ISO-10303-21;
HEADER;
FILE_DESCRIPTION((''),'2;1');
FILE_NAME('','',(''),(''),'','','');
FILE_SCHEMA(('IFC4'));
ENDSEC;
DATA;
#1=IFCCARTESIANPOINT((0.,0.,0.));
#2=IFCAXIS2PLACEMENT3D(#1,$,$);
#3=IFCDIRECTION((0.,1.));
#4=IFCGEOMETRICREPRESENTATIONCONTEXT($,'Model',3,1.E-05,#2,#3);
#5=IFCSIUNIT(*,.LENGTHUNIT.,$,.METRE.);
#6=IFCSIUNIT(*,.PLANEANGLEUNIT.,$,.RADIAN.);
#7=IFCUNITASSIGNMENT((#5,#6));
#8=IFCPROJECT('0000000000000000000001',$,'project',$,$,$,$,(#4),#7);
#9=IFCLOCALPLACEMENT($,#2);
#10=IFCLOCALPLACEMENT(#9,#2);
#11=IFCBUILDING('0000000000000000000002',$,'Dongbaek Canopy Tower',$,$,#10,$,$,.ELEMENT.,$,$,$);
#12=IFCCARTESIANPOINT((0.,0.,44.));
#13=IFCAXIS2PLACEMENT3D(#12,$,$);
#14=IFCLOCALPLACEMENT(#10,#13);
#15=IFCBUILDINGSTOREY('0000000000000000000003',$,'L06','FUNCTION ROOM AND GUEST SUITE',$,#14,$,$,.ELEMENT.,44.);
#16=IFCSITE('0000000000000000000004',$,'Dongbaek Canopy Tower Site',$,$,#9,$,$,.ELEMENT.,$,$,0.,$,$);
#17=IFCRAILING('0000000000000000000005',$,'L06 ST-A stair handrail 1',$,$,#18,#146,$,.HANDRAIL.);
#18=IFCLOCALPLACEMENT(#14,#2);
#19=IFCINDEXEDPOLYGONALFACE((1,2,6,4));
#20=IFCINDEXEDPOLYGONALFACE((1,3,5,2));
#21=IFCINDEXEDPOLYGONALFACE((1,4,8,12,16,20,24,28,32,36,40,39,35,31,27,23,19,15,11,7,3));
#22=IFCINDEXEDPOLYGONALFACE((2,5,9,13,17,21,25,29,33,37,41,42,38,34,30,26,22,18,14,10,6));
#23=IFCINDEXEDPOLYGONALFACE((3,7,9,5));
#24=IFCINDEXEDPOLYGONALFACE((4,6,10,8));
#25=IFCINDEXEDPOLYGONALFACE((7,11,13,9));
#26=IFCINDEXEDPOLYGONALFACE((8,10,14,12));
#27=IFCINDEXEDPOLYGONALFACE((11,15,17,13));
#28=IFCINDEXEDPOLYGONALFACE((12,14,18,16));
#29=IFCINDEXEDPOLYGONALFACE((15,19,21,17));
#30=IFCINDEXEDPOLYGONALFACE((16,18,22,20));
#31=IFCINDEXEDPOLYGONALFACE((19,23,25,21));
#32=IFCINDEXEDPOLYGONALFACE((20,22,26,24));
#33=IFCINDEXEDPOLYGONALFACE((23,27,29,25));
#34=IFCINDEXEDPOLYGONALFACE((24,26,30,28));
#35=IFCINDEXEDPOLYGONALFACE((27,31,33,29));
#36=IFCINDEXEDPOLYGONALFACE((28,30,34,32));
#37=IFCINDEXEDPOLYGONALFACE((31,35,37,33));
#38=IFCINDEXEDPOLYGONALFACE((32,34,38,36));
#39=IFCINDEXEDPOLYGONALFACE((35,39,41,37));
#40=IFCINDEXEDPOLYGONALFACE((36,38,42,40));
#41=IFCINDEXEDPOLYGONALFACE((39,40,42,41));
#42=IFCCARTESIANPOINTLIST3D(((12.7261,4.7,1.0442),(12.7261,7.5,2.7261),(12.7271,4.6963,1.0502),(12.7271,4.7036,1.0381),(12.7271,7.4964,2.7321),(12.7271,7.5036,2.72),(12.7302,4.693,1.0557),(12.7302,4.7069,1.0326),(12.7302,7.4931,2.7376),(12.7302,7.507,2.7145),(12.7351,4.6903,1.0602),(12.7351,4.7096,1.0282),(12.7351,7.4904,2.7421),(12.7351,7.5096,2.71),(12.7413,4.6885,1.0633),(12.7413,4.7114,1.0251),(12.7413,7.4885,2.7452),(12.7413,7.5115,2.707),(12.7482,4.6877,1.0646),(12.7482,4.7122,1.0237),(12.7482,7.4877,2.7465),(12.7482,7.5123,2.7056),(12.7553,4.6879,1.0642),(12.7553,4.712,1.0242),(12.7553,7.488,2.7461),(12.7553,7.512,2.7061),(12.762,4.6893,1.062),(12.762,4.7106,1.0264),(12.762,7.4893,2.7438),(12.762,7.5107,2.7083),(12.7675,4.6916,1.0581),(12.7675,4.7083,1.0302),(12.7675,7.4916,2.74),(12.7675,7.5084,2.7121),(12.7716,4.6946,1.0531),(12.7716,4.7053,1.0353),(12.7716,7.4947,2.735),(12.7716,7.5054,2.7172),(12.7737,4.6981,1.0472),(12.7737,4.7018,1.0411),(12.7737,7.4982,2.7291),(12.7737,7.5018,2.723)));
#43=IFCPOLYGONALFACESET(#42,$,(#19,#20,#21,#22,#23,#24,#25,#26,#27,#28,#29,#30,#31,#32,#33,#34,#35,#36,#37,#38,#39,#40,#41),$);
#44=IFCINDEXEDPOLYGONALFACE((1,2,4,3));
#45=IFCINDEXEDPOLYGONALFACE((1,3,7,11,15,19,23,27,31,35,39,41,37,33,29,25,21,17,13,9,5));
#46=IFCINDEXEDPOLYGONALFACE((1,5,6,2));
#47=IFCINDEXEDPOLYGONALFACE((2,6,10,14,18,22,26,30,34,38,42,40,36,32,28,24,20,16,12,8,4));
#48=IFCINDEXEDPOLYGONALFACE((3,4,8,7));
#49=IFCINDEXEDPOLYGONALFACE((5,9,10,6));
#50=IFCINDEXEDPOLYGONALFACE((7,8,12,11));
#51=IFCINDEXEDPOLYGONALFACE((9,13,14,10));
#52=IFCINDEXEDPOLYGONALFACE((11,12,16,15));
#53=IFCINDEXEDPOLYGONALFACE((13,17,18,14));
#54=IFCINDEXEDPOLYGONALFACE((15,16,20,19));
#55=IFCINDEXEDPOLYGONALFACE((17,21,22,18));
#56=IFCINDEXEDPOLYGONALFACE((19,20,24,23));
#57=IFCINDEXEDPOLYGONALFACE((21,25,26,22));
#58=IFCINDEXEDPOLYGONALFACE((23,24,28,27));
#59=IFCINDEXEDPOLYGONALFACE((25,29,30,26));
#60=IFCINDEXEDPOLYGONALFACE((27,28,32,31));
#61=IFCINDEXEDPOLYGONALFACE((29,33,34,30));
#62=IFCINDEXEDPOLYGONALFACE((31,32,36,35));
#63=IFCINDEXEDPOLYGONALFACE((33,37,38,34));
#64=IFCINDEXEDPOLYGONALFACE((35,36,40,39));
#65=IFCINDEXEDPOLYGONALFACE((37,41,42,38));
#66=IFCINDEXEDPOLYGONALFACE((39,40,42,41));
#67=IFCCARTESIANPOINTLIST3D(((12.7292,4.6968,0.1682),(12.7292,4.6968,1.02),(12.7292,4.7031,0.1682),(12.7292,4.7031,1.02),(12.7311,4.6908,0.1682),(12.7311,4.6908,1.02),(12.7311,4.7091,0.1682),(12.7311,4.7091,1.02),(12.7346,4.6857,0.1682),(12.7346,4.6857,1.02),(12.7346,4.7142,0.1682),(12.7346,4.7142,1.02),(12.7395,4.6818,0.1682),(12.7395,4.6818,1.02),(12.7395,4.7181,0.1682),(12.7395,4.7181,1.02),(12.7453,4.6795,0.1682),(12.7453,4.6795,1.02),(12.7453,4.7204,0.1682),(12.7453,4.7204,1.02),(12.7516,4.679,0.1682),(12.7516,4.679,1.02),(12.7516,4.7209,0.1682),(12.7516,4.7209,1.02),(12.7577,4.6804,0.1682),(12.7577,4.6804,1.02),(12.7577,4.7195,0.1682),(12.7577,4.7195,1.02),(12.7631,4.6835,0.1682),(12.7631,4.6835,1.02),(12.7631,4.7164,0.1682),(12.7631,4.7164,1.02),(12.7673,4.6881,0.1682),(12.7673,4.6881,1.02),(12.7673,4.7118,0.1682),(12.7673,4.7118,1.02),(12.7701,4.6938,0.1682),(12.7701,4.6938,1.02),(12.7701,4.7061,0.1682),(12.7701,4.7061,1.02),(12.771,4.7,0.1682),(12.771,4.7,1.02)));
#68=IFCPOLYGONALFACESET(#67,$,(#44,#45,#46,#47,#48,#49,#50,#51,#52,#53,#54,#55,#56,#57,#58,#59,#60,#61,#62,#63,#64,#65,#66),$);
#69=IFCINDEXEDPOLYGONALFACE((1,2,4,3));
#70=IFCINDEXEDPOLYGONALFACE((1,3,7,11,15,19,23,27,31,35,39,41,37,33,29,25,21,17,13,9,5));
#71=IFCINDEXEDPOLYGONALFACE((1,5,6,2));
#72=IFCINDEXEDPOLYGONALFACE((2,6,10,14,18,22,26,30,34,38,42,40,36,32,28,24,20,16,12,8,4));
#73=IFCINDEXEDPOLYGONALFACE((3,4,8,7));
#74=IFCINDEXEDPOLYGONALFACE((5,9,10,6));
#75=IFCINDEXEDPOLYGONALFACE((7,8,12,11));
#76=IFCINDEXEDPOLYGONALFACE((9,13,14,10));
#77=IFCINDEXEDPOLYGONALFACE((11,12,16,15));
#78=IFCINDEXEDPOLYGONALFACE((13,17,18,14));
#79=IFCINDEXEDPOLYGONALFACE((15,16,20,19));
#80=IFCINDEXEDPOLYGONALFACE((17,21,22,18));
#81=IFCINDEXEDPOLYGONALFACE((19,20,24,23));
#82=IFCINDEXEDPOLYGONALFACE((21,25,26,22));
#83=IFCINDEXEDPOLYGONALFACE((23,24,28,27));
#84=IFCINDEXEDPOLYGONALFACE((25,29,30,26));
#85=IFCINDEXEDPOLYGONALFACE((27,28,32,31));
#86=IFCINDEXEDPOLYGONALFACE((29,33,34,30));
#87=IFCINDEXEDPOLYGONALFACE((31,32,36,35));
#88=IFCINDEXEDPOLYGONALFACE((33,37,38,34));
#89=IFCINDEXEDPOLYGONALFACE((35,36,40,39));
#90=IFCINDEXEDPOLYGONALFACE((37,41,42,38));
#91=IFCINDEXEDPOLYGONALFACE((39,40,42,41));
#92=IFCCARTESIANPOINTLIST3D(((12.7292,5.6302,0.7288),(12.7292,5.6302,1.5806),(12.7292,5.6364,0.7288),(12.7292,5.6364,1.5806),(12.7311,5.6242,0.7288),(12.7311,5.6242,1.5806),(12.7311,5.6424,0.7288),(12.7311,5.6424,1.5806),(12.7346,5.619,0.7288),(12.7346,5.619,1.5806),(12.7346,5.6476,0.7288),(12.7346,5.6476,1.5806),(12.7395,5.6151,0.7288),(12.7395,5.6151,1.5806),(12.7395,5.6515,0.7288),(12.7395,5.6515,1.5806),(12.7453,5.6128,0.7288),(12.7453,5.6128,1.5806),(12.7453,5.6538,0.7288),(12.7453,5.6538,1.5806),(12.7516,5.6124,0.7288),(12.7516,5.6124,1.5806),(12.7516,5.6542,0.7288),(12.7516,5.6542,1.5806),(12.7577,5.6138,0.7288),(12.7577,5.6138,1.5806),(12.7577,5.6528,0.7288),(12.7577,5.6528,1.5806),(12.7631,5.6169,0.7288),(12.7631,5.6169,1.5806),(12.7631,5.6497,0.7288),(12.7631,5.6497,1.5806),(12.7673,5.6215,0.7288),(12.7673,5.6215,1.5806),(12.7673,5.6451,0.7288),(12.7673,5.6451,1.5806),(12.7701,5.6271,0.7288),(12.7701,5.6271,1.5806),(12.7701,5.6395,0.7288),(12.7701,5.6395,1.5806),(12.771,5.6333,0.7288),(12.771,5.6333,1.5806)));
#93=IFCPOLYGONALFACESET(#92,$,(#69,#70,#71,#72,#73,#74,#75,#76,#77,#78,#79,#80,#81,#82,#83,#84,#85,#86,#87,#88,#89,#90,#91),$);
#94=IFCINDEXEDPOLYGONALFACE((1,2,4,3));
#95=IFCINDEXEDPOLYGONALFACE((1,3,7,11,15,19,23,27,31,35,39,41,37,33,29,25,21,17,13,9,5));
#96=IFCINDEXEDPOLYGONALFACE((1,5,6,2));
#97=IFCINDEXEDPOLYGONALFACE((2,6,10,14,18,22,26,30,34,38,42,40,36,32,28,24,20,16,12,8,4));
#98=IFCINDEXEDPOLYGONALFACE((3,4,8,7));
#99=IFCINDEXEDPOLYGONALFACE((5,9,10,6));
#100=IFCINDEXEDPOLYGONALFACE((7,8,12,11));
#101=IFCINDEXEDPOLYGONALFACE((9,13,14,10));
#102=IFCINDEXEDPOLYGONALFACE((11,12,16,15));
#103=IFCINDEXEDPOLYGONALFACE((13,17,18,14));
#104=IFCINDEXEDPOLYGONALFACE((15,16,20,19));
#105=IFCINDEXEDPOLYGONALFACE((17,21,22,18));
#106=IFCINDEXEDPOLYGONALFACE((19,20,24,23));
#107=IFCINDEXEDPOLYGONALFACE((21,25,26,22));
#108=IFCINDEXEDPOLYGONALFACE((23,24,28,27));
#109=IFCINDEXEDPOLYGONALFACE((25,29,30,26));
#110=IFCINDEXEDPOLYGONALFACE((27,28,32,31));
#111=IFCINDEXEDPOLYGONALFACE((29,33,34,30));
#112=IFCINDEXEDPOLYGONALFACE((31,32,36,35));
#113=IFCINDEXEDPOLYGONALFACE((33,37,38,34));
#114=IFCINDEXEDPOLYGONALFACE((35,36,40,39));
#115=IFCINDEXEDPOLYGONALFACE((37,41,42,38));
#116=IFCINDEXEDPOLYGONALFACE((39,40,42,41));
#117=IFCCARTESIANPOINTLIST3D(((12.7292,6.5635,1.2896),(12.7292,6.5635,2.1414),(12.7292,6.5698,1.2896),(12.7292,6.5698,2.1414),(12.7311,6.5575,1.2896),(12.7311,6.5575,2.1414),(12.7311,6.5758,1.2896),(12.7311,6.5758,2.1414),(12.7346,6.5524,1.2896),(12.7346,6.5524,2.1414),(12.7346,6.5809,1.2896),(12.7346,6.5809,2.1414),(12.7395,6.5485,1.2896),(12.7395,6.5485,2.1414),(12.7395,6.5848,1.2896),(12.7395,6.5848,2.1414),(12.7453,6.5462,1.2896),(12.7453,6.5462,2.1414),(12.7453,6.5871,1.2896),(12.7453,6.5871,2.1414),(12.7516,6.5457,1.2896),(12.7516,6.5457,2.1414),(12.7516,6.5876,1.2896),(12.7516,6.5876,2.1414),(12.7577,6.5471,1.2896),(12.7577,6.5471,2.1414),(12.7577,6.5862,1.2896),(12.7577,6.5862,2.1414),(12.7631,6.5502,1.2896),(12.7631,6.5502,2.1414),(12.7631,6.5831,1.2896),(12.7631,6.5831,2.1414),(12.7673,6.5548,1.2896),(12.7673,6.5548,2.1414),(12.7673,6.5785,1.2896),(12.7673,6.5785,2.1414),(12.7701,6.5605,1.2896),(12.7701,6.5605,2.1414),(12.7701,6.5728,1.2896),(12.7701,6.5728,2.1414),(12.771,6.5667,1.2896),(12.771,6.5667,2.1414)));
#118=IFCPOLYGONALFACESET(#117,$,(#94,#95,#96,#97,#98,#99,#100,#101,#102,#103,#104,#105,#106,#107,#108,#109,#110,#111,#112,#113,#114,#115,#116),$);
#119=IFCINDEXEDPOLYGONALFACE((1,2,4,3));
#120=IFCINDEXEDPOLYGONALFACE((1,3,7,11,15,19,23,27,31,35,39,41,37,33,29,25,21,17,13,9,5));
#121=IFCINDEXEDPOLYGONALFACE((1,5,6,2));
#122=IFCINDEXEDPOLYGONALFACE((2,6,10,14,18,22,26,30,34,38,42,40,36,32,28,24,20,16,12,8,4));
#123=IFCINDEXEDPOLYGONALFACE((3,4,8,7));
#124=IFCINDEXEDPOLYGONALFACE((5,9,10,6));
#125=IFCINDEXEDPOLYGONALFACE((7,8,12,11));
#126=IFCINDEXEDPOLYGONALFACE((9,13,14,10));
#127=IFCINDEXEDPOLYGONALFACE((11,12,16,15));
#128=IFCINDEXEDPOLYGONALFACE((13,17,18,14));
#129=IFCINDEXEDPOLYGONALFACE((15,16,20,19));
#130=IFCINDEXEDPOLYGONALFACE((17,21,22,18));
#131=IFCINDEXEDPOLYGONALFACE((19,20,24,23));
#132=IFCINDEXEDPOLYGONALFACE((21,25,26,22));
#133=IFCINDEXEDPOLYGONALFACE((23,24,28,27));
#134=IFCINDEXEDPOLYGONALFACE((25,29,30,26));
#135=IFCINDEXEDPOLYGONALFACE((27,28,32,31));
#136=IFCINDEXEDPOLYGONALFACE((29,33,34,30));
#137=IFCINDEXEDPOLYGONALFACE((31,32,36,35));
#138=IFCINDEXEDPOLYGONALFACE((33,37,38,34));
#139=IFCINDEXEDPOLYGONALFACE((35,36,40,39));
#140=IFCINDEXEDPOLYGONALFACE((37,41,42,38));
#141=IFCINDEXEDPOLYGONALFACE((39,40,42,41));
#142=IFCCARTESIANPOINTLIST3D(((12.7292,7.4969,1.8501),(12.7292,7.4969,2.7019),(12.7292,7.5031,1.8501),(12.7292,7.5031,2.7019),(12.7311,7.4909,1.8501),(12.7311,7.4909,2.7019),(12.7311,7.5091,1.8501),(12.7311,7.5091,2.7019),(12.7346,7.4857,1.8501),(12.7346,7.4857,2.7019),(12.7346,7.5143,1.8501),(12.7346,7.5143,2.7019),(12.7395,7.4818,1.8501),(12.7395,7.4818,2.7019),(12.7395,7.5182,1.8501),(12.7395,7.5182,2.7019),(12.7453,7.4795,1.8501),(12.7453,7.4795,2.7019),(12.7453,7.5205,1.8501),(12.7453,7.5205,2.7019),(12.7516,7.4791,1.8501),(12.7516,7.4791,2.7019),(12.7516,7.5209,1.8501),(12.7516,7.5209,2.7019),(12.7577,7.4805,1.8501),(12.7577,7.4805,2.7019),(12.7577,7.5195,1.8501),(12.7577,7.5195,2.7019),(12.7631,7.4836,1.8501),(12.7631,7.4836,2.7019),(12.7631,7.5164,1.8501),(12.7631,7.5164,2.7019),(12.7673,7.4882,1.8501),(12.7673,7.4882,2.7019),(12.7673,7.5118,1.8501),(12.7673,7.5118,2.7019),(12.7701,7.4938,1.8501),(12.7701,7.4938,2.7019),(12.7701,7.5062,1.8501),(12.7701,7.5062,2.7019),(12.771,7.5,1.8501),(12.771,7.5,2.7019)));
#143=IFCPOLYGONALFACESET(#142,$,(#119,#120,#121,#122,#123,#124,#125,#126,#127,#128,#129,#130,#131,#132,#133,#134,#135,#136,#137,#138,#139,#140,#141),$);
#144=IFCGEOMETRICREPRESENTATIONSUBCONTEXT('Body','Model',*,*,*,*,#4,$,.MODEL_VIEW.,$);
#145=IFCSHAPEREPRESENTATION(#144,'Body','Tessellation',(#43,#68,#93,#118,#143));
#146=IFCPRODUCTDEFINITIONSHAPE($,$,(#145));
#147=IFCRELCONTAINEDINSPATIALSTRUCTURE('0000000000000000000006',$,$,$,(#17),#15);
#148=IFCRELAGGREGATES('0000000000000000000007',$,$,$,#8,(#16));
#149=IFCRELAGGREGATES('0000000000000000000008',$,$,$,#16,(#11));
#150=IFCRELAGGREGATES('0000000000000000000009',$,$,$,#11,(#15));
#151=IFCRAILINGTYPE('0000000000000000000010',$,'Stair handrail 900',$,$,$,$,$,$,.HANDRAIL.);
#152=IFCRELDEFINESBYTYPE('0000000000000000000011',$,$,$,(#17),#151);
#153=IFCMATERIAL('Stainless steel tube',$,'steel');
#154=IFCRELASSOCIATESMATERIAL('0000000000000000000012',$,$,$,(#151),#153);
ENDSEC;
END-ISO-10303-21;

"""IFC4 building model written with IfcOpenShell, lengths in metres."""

from ifc_helpers import new_model, si_unit, direction, frame, origin, origin_2d, place, context, subcontext, project, spatial, circle, extrude, material, type_object, element, save


model = new_model("IFC4")

# Units and contexts
model_context = context("Model", 3, precision=1e-05, world=origin(), true_north=direction((0.0, 1.0)))
body_context = subcontext(model_context, "Body", "Model", "MODEL_VIEW")
ifc_project = project(units=[si_unit("LENGTHUNIT", "METRE"), si_unit("PLANEANGLEUNIT", "RADIAN")], contexts=[model_context])

# Site, building, storey
site_placement = place(None, origin())
site = spatial("IfcSite", under=ifc_project, at=site_placement, Name="Dongbaek Canopy Tower Site", CompositionType="ELEMENT", RefElevation=0.0)
building_placement = place(site_placement, origin())
building = spatial("IfcBuilding", under=site, at=building_placement, Name="Dongbaek Canopy Tower", CompositionType="ELEMENT")
storey_placement = place(building_placement, frame((0.0, 0.0, 44.0)))
storey = spatial("IfcBuildingStorey", under=building, at=storey_placement, Name="L06", Description="FUNCTION ROOM AND GUEST SUITE", CompositionType="ELEMENT", Elevation=44.0)

# Railing
ifc_material_1 = material(Name="Stainless steel tube", Category="steel")
railing_type_1 = type_object("IfcRailingType", Name="Stair handrail 900", PredefinedType="HANDRAIL", material=ifc_material_1)
railing_1_placement = place(storey_placement, frame((12.75, 4.7, 0.1682)))
element("IfcRailing", 1, at=railing_1_placement, inside=storey, type_object=railing_type_1, Name="L06 ST-A stair handrail 1", PredefinedType="HANDRAIL", context=body_context, shape_type="SweptSolid", body=[
    extrude(circle(Radius=0.0239, at=origin_2d()), frame((0.0, 0.0, 0.876), z_axis=(0.0, 0.857242, 0.514913), x_axis=(-1.0, 0.0, 0.0)), (0.0, 0.0, 1.0), 3.2664),
    extrude(circle(Radius=0.021, at=origin_2d()), origin(), (0.0, 0.0, 1.0), 0.8518),
    extrude(circle(Radius=0.021, at=origin_2d()), frame((0.0, 0.9333, 0.5605)), (0.0, 0.0, 1.0), 0.8518),
    extrude(circle(Radius=0.021, at=origin_2d()), frame((0.0, 1.8667, 1.1213)), (0.0, 0.0, 1.0), 0.8518),
    extrude(circle(Radius=0.021, at=origin_2d()), frame((0.0, 2.8, 1.6819)), (0.0, 0.0, 1.0), 0.8518),
])

save(model, "model.ifc")
